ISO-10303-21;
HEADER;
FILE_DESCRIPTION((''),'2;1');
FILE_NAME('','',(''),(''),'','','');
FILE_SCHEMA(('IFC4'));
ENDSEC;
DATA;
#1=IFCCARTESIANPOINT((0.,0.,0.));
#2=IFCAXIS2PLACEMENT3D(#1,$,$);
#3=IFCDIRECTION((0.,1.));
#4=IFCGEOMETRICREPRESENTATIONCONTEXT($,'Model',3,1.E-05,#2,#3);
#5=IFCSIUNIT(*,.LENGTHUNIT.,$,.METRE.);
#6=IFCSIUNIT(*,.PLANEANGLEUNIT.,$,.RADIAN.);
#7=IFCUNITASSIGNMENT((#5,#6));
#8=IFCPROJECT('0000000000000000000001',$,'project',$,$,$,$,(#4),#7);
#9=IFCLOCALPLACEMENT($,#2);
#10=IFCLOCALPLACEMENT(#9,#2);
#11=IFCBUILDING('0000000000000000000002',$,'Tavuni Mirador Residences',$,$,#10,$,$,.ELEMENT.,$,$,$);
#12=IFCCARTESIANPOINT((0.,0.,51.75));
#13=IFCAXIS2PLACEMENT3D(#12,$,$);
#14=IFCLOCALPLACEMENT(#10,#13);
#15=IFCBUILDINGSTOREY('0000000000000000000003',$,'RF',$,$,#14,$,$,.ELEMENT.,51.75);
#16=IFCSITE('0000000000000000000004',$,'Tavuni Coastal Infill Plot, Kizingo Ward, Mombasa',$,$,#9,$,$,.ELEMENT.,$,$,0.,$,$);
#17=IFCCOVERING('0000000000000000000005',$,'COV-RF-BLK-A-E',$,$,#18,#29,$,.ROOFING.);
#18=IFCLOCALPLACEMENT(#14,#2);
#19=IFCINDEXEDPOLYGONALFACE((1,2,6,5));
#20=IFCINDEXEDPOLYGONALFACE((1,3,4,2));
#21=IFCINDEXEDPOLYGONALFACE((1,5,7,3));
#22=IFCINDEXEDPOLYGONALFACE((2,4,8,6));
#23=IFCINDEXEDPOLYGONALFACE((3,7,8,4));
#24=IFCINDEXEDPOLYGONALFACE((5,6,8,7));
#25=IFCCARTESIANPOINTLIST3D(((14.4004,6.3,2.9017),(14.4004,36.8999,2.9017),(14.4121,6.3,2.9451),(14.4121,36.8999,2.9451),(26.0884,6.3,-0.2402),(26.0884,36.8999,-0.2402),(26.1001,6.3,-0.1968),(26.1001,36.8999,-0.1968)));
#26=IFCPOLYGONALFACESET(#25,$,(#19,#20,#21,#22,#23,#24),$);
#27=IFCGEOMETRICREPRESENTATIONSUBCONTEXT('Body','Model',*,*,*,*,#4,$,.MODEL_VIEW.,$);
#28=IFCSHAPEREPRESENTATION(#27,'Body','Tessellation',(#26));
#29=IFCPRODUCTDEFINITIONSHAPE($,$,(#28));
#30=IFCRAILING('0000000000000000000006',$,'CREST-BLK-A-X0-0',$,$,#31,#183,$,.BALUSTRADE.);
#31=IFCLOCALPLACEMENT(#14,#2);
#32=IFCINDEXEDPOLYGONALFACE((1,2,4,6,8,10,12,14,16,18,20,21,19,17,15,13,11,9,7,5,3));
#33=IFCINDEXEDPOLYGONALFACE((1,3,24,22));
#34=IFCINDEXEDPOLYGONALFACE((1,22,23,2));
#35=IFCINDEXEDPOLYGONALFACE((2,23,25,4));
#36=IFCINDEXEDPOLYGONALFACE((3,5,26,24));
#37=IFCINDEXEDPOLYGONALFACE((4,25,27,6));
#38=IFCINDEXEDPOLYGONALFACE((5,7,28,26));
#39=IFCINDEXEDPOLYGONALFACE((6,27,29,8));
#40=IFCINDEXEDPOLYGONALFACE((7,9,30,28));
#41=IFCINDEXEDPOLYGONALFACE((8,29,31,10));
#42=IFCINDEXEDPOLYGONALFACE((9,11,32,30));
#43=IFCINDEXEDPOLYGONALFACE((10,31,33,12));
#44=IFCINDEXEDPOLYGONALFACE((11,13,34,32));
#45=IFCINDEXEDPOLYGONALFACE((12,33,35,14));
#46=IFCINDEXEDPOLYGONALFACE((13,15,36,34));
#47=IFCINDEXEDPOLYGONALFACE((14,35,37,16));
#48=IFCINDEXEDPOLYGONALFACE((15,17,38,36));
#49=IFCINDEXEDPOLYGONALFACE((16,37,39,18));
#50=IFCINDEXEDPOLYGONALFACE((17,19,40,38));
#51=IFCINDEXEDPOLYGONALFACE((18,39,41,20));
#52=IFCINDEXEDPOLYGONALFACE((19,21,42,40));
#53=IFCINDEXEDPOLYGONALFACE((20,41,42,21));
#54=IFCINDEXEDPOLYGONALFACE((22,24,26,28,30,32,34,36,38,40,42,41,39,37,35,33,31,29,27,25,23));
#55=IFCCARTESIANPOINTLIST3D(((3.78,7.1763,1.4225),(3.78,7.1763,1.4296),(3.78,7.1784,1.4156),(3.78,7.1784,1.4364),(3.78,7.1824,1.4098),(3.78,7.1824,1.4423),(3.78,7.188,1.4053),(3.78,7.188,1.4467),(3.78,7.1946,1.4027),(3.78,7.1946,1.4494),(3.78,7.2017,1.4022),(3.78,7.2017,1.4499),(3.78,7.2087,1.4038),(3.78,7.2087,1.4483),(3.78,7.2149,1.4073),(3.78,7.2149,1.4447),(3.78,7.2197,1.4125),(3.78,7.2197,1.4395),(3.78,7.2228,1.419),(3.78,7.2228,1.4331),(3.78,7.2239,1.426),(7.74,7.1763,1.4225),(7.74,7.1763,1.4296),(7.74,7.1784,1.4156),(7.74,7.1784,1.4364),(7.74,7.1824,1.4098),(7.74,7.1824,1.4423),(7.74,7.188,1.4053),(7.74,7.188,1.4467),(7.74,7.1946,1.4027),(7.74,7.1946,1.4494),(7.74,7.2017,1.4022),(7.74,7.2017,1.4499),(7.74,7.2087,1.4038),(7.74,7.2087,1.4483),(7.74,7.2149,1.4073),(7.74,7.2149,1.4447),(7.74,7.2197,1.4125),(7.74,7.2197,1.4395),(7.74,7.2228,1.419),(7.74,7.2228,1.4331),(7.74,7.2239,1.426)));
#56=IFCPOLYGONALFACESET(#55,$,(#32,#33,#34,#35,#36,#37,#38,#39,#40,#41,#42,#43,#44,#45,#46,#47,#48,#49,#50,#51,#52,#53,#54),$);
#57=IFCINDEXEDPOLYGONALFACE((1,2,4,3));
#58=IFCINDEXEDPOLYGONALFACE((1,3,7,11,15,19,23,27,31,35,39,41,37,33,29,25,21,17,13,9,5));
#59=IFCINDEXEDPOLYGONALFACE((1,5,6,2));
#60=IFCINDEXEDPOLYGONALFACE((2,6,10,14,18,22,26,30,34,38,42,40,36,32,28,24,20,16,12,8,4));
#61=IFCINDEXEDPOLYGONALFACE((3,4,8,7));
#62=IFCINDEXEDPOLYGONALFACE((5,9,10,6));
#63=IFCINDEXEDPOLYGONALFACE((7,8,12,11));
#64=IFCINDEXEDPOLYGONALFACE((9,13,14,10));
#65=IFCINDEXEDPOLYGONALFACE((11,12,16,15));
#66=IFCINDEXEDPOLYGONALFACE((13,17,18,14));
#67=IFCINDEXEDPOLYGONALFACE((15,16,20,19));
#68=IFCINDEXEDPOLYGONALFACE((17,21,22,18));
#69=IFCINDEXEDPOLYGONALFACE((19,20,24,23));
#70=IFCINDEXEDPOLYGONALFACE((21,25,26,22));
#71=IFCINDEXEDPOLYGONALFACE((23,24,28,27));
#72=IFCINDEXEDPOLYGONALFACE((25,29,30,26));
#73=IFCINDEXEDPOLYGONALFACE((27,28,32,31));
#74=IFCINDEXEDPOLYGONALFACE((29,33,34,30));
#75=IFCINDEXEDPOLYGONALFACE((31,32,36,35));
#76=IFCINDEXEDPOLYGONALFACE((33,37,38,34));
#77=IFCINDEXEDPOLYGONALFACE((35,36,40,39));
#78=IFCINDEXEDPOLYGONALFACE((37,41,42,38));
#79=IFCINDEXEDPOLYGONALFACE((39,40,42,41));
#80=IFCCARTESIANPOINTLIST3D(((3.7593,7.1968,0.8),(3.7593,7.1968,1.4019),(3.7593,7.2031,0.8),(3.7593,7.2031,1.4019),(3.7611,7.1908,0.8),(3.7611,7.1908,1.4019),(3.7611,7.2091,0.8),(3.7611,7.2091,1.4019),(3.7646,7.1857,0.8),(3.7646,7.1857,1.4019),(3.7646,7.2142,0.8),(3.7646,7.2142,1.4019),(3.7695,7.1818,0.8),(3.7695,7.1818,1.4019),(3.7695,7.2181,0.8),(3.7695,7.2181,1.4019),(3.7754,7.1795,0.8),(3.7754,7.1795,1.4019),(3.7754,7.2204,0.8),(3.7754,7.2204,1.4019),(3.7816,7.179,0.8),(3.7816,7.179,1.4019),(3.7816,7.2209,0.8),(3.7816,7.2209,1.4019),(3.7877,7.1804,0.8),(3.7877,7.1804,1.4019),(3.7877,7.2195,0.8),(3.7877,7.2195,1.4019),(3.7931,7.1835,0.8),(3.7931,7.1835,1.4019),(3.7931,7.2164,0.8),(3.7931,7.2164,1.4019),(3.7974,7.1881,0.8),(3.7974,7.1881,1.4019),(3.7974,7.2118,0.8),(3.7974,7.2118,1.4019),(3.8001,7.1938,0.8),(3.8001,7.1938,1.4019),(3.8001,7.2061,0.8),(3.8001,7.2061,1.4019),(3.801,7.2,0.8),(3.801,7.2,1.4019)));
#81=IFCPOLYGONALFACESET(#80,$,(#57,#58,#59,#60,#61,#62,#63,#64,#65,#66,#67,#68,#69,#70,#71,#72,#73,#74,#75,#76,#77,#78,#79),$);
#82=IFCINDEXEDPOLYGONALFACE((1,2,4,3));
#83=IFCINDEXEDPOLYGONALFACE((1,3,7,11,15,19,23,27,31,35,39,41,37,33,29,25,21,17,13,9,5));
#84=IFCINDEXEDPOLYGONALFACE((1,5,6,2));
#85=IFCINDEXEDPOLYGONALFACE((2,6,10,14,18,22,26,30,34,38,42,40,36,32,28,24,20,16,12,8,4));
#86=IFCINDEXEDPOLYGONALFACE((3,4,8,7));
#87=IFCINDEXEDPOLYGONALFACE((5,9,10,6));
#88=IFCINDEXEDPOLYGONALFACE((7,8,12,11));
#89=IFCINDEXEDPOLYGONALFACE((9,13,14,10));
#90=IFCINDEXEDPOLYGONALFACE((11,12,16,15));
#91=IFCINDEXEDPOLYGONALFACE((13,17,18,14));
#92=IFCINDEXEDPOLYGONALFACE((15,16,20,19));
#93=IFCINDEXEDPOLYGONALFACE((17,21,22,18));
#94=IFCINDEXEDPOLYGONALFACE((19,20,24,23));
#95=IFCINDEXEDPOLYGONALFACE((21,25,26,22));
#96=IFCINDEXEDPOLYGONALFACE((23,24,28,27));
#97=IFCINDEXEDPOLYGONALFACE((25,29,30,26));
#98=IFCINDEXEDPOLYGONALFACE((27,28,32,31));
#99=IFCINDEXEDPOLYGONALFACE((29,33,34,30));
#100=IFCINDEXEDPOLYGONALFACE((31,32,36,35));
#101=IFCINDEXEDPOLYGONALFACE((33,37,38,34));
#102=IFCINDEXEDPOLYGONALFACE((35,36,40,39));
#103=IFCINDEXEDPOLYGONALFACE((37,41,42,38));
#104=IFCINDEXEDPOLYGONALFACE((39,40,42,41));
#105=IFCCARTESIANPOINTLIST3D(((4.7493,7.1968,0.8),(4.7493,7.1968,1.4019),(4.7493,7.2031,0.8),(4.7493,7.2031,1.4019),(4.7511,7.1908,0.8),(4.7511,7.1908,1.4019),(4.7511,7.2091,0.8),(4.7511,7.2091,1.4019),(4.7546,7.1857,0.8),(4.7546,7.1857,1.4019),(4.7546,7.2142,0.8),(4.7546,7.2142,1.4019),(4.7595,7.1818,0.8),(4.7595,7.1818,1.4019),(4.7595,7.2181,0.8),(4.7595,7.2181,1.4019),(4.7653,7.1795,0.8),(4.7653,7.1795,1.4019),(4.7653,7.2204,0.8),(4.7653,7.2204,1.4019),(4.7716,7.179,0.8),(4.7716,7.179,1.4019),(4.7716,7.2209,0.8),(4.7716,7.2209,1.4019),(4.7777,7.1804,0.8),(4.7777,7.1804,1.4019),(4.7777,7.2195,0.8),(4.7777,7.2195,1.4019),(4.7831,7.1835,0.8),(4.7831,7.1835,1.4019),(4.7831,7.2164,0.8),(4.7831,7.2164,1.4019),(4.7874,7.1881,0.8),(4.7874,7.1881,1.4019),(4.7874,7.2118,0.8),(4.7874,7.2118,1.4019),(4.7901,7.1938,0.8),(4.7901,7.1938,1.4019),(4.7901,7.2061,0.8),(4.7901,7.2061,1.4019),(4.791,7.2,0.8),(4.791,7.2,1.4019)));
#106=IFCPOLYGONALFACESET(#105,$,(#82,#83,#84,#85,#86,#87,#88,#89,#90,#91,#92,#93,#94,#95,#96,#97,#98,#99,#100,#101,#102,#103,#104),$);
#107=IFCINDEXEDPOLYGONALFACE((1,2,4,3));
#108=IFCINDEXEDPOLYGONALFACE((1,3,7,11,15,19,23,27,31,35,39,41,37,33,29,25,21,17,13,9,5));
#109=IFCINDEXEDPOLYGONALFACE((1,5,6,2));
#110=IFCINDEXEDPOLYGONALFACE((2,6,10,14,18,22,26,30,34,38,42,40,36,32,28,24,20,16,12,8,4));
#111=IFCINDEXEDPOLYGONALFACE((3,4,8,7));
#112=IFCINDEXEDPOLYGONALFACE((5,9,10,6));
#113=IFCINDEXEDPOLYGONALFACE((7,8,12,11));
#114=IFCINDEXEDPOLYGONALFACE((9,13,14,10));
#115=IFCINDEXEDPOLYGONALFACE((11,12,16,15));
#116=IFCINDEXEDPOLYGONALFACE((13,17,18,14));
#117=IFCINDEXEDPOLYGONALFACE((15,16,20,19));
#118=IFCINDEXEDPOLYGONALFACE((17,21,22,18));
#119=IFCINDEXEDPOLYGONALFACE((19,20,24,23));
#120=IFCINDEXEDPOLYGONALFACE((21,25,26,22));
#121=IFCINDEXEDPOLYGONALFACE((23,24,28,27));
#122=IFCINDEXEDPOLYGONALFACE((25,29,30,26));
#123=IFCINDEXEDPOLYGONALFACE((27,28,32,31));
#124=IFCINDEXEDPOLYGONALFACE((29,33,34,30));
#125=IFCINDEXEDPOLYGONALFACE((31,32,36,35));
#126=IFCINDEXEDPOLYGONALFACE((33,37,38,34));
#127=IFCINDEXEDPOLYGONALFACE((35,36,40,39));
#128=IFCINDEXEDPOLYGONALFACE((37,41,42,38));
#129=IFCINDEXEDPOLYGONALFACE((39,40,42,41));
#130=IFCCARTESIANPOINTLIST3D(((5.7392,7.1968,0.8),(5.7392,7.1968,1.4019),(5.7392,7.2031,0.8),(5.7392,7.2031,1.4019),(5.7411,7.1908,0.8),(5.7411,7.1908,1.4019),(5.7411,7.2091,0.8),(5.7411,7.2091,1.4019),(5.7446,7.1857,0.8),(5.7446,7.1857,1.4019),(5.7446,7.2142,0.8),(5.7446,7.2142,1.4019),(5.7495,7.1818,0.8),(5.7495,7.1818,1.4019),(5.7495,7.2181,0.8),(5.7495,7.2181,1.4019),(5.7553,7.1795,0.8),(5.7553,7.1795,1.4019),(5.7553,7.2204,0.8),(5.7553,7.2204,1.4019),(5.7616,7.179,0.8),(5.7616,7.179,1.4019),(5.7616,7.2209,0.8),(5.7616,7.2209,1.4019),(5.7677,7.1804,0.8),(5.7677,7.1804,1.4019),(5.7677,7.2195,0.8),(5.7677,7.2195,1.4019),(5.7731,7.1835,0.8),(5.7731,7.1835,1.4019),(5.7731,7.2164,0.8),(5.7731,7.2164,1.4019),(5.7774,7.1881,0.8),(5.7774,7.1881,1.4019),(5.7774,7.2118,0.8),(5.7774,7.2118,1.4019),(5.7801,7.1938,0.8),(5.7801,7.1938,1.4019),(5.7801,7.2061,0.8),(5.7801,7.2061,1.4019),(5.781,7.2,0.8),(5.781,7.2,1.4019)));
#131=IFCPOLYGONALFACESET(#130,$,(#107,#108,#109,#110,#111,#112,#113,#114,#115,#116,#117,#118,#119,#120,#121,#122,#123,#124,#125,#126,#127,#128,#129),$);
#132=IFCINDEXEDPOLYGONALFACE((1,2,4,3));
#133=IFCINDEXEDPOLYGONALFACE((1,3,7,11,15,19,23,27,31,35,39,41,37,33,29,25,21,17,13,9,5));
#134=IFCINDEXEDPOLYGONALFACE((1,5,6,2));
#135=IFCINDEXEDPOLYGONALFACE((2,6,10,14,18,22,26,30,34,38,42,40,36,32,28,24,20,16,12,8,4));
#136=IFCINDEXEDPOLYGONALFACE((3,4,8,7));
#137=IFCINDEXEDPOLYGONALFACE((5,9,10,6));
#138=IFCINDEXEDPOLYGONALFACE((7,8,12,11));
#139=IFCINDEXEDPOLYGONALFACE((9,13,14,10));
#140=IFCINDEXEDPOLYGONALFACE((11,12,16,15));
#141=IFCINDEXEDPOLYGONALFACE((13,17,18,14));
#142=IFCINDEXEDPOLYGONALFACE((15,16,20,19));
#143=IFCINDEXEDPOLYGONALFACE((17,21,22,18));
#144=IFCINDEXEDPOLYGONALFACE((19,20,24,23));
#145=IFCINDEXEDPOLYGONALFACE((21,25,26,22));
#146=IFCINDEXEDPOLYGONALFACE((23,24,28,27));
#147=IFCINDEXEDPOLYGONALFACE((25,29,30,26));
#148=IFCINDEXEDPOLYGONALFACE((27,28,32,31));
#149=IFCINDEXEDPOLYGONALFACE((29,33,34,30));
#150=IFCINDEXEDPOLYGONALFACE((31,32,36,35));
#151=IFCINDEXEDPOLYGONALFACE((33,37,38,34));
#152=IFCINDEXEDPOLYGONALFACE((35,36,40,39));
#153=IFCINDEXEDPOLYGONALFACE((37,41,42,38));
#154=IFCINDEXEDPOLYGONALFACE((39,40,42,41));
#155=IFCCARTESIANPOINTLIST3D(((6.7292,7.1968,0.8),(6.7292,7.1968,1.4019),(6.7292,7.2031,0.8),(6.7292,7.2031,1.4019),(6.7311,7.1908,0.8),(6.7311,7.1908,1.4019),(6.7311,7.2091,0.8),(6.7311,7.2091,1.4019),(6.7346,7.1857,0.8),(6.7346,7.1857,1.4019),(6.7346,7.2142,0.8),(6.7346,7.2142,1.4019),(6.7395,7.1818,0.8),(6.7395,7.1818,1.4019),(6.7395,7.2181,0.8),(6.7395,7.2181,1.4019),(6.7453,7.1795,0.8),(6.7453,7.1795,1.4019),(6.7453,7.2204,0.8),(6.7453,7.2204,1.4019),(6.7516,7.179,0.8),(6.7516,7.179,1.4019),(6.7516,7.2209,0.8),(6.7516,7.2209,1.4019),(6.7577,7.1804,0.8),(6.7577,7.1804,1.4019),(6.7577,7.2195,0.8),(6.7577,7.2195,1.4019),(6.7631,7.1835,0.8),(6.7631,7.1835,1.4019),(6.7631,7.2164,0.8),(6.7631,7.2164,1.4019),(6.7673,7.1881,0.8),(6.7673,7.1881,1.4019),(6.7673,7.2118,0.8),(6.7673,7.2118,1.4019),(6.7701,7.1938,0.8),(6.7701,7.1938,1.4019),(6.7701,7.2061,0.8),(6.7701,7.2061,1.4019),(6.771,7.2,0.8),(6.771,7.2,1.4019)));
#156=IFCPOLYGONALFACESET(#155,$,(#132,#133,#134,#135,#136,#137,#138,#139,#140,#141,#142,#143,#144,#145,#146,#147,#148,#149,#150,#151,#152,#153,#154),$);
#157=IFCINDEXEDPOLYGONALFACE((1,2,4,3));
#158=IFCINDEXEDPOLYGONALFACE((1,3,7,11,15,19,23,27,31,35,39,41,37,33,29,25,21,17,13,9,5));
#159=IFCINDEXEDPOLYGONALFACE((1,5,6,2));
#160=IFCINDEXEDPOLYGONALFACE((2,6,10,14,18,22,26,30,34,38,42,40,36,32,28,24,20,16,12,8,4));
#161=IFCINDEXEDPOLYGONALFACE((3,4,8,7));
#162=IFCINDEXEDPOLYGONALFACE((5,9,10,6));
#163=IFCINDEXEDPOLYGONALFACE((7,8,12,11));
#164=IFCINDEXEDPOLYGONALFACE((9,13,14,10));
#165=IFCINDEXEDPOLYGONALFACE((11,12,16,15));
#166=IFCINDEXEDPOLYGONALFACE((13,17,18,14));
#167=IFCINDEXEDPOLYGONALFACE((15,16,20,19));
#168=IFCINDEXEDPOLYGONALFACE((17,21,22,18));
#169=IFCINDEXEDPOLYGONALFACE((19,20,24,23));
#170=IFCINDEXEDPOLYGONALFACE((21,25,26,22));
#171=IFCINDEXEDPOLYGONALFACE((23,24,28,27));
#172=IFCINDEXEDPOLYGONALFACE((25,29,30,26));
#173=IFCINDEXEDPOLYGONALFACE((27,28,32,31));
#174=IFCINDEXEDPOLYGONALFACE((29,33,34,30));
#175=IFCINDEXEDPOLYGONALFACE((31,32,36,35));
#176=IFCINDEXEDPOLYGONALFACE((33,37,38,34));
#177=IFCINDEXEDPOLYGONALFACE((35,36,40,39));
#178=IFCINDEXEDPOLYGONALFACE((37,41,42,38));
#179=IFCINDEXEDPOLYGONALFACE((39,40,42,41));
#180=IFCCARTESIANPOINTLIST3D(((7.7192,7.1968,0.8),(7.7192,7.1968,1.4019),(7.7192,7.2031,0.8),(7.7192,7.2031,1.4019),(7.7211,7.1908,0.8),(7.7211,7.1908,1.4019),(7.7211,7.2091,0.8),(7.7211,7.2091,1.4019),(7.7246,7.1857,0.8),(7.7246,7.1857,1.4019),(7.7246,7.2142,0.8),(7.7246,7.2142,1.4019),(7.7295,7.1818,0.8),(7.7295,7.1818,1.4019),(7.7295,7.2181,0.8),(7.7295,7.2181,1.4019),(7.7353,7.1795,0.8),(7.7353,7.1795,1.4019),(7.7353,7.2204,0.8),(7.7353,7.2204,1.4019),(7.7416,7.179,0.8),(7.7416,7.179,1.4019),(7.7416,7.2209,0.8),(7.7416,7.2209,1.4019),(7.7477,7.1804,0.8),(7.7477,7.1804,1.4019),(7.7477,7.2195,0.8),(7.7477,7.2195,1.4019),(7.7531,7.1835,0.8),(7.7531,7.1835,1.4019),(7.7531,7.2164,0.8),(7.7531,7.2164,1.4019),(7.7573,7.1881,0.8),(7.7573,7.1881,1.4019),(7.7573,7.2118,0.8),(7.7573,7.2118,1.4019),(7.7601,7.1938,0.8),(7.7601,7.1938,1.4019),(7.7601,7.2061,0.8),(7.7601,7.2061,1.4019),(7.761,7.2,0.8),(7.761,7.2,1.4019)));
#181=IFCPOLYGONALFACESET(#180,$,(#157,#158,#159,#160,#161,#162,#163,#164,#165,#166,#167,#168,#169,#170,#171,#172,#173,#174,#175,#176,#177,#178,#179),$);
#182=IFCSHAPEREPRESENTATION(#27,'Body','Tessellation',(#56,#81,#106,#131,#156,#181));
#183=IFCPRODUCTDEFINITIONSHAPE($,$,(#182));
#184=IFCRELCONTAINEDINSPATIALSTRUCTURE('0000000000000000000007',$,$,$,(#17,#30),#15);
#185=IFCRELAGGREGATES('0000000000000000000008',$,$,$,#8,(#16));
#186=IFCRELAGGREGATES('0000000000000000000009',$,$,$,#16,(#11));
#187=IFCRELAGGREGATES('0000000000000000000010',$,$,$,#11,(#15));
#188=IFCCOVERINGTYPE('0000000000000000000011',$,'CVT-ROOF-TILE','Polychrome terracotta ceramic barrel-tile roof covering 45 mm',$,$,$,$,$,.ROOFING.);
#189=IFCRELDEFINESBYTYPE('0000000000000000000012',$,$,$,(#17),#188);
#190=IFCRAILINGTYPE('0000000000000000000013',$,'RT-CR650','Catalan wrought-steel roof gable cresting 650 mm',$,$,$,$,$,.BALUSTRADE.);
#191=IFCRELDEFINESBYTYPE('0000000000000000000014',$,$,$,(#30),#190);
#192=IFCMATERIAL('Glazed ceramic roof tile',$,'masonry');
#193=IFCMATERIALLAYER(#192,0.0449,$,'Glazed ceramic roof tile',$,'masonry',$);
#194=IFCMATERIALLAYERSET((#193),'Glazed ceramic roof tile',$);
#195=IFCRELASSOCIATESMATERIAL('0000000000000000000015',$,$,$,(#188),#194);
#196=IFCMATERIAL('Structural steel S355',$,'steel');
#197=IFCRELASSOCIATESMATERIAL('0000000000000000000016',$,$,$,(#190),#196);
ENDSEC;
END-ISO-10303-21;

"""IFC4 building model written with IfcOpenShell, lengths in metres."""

from ifc_helpers import new_model, si_unit, direction, frame, origin, origin_2d, place, context, subcontext, project, spatial, polyline, circle, outline, extrude, material, layer, layer_set, type_object, element, save


model = new_model("IFC4")

# Units and contexts
model_context = context("Model", 3, precision=1e-05, world=origin(), true_north=direction((0.0, 1.0)))
body_context = subcontext(model_context, "Body", "Model", "MODEL_VIEW")
ifc_project = project(units=[si_unit("LENGTHUNIT", "METRE"), si_unit("PLANEANGLEUNIT", "RADIAN")], contexts=[model_context])

# Site, building, storey
site_placement = place(None, origin())
site = spatial("IfcSite", under=ifc_project, at=site_placement, Name="Tavuni Coastal Infill Plot, Kizingo Ward, Mombasa", CompositionType="ELEMENT", RefElevation=0.0)
building_placement = place(site_placement, origin())
building = spatial("IfcBuilding", under=site, at=building_placement, Name="Tavuni Mirador Residences", CompositionType="ELEMENT")
storey_placement = place(building_placement, frame((0.0, 0.0, 51.75)))
storey = spatial("IfcBuildingStorey", under=building, at=storey_placement, Name="RF", CompositionType="ELEMENT", Elevation=51.75)

# Shared definitions
ifc_material_1 = material(Name="Structural steel S355", Category="steel")

# Covering
ifc_material_2 = material(Name="Glazed ceramic roof tile", Category="masonry")
ifc_layer_1 = layer(ifc_material_2, 0.0449, Name="Glazed ceramic roof tile", Category="masonry")
ifc_layer_set_1 = layer_set([ifc_layer_1], Name="Glazed ceramic roof tile")
covering_type = type_object("IfcCoveringType", Name="CVT-ROOF-TILE", Description="Polychrome terracotta ceramic barrel-tile roof covering 45 mm", PredefinedType="ROOFING", material=ifc_layer_set_1)
for number, where, z_axis, x_axis, name in (
    (1, (14.4121, 6.3, 2.9451), (0.259594, 0.0, 0.965718), (0.965718, 0.0, -0.259594), "COV-RF-BLK-A-E"),
):
    element("IfcCovering", number, at=place(storey_placement, frame(where, z_axis=z_axis, x_axis=x_axis)), inside=storey, type_object=covering_type, Name=name, PredefinedType="ROOFING", context=body_context, shape_type="SweptSolid", body=[
        extrude(outline(polyline([(0.0, 0.0), (12.1029, 0.0), (12.1029, 30.5999), (0.0, 30.5999), (0.0, 0.0)])), origin(), (0.0, 0.0, -1.0), 0.0449),
    ])

# Railing
railing_type = type_object("IfcRailingType", Name="RT-CR650", Description="Catalan wrought-steel roof gable cresting 650 mm", PredefinedType="BALUSTRADE", material=ifc_material_1)
for number, where, name in (
    (2, (3.78, 7.2, 0.8), "CREST-BLK-A-X0-0"),
):
    element("IfcRailing", number, at=place(storey_placement, frame(where)), inside=storey, type_object=railing_type, Name=name, PredefinedType="BALUSTRADE", context=body_context, shape_type="SweptSolid", body=[
        extrude(circle(Radius=0.0239, at=origin_2d()), frame((0.0, 0.0, 0.626), z_axis=(1.0, 0.0, 0.0), x_axis=(0.0, 1.0, 0.0)), (0.0, 0.0, 1.0), 3.96),
        extrude(circle(Radius=0.021, at=origin_2d()), origin(), (0.0, 0.0, 1.0), 0.6018),
        extrude(circle(Radius=0.021, at=origin_2d()), frame((0.99, 0.0, 0.0)), (0.0, 0.0, 1.0), 0.6018),
        extrude(circle(Radius=0.021, at=origin_2d()), frame((1.98, 0.0, 0.0)), (0.0, 0.0, 1.0), 0.6018),
        extrude(circle(Radius=0.021, at=origin_2d()), frame((2.97, 0.0, 0.0)), (0.0, 0.0, 1.0), 0.6018),
        extrude(circle(Radius=0.021, at=origin_2d()), frame((3.96, 0.0, 0.0)), (0.0, 0.0, 1.0), 0.6018),
    ])

save(model, "model.ifc")
